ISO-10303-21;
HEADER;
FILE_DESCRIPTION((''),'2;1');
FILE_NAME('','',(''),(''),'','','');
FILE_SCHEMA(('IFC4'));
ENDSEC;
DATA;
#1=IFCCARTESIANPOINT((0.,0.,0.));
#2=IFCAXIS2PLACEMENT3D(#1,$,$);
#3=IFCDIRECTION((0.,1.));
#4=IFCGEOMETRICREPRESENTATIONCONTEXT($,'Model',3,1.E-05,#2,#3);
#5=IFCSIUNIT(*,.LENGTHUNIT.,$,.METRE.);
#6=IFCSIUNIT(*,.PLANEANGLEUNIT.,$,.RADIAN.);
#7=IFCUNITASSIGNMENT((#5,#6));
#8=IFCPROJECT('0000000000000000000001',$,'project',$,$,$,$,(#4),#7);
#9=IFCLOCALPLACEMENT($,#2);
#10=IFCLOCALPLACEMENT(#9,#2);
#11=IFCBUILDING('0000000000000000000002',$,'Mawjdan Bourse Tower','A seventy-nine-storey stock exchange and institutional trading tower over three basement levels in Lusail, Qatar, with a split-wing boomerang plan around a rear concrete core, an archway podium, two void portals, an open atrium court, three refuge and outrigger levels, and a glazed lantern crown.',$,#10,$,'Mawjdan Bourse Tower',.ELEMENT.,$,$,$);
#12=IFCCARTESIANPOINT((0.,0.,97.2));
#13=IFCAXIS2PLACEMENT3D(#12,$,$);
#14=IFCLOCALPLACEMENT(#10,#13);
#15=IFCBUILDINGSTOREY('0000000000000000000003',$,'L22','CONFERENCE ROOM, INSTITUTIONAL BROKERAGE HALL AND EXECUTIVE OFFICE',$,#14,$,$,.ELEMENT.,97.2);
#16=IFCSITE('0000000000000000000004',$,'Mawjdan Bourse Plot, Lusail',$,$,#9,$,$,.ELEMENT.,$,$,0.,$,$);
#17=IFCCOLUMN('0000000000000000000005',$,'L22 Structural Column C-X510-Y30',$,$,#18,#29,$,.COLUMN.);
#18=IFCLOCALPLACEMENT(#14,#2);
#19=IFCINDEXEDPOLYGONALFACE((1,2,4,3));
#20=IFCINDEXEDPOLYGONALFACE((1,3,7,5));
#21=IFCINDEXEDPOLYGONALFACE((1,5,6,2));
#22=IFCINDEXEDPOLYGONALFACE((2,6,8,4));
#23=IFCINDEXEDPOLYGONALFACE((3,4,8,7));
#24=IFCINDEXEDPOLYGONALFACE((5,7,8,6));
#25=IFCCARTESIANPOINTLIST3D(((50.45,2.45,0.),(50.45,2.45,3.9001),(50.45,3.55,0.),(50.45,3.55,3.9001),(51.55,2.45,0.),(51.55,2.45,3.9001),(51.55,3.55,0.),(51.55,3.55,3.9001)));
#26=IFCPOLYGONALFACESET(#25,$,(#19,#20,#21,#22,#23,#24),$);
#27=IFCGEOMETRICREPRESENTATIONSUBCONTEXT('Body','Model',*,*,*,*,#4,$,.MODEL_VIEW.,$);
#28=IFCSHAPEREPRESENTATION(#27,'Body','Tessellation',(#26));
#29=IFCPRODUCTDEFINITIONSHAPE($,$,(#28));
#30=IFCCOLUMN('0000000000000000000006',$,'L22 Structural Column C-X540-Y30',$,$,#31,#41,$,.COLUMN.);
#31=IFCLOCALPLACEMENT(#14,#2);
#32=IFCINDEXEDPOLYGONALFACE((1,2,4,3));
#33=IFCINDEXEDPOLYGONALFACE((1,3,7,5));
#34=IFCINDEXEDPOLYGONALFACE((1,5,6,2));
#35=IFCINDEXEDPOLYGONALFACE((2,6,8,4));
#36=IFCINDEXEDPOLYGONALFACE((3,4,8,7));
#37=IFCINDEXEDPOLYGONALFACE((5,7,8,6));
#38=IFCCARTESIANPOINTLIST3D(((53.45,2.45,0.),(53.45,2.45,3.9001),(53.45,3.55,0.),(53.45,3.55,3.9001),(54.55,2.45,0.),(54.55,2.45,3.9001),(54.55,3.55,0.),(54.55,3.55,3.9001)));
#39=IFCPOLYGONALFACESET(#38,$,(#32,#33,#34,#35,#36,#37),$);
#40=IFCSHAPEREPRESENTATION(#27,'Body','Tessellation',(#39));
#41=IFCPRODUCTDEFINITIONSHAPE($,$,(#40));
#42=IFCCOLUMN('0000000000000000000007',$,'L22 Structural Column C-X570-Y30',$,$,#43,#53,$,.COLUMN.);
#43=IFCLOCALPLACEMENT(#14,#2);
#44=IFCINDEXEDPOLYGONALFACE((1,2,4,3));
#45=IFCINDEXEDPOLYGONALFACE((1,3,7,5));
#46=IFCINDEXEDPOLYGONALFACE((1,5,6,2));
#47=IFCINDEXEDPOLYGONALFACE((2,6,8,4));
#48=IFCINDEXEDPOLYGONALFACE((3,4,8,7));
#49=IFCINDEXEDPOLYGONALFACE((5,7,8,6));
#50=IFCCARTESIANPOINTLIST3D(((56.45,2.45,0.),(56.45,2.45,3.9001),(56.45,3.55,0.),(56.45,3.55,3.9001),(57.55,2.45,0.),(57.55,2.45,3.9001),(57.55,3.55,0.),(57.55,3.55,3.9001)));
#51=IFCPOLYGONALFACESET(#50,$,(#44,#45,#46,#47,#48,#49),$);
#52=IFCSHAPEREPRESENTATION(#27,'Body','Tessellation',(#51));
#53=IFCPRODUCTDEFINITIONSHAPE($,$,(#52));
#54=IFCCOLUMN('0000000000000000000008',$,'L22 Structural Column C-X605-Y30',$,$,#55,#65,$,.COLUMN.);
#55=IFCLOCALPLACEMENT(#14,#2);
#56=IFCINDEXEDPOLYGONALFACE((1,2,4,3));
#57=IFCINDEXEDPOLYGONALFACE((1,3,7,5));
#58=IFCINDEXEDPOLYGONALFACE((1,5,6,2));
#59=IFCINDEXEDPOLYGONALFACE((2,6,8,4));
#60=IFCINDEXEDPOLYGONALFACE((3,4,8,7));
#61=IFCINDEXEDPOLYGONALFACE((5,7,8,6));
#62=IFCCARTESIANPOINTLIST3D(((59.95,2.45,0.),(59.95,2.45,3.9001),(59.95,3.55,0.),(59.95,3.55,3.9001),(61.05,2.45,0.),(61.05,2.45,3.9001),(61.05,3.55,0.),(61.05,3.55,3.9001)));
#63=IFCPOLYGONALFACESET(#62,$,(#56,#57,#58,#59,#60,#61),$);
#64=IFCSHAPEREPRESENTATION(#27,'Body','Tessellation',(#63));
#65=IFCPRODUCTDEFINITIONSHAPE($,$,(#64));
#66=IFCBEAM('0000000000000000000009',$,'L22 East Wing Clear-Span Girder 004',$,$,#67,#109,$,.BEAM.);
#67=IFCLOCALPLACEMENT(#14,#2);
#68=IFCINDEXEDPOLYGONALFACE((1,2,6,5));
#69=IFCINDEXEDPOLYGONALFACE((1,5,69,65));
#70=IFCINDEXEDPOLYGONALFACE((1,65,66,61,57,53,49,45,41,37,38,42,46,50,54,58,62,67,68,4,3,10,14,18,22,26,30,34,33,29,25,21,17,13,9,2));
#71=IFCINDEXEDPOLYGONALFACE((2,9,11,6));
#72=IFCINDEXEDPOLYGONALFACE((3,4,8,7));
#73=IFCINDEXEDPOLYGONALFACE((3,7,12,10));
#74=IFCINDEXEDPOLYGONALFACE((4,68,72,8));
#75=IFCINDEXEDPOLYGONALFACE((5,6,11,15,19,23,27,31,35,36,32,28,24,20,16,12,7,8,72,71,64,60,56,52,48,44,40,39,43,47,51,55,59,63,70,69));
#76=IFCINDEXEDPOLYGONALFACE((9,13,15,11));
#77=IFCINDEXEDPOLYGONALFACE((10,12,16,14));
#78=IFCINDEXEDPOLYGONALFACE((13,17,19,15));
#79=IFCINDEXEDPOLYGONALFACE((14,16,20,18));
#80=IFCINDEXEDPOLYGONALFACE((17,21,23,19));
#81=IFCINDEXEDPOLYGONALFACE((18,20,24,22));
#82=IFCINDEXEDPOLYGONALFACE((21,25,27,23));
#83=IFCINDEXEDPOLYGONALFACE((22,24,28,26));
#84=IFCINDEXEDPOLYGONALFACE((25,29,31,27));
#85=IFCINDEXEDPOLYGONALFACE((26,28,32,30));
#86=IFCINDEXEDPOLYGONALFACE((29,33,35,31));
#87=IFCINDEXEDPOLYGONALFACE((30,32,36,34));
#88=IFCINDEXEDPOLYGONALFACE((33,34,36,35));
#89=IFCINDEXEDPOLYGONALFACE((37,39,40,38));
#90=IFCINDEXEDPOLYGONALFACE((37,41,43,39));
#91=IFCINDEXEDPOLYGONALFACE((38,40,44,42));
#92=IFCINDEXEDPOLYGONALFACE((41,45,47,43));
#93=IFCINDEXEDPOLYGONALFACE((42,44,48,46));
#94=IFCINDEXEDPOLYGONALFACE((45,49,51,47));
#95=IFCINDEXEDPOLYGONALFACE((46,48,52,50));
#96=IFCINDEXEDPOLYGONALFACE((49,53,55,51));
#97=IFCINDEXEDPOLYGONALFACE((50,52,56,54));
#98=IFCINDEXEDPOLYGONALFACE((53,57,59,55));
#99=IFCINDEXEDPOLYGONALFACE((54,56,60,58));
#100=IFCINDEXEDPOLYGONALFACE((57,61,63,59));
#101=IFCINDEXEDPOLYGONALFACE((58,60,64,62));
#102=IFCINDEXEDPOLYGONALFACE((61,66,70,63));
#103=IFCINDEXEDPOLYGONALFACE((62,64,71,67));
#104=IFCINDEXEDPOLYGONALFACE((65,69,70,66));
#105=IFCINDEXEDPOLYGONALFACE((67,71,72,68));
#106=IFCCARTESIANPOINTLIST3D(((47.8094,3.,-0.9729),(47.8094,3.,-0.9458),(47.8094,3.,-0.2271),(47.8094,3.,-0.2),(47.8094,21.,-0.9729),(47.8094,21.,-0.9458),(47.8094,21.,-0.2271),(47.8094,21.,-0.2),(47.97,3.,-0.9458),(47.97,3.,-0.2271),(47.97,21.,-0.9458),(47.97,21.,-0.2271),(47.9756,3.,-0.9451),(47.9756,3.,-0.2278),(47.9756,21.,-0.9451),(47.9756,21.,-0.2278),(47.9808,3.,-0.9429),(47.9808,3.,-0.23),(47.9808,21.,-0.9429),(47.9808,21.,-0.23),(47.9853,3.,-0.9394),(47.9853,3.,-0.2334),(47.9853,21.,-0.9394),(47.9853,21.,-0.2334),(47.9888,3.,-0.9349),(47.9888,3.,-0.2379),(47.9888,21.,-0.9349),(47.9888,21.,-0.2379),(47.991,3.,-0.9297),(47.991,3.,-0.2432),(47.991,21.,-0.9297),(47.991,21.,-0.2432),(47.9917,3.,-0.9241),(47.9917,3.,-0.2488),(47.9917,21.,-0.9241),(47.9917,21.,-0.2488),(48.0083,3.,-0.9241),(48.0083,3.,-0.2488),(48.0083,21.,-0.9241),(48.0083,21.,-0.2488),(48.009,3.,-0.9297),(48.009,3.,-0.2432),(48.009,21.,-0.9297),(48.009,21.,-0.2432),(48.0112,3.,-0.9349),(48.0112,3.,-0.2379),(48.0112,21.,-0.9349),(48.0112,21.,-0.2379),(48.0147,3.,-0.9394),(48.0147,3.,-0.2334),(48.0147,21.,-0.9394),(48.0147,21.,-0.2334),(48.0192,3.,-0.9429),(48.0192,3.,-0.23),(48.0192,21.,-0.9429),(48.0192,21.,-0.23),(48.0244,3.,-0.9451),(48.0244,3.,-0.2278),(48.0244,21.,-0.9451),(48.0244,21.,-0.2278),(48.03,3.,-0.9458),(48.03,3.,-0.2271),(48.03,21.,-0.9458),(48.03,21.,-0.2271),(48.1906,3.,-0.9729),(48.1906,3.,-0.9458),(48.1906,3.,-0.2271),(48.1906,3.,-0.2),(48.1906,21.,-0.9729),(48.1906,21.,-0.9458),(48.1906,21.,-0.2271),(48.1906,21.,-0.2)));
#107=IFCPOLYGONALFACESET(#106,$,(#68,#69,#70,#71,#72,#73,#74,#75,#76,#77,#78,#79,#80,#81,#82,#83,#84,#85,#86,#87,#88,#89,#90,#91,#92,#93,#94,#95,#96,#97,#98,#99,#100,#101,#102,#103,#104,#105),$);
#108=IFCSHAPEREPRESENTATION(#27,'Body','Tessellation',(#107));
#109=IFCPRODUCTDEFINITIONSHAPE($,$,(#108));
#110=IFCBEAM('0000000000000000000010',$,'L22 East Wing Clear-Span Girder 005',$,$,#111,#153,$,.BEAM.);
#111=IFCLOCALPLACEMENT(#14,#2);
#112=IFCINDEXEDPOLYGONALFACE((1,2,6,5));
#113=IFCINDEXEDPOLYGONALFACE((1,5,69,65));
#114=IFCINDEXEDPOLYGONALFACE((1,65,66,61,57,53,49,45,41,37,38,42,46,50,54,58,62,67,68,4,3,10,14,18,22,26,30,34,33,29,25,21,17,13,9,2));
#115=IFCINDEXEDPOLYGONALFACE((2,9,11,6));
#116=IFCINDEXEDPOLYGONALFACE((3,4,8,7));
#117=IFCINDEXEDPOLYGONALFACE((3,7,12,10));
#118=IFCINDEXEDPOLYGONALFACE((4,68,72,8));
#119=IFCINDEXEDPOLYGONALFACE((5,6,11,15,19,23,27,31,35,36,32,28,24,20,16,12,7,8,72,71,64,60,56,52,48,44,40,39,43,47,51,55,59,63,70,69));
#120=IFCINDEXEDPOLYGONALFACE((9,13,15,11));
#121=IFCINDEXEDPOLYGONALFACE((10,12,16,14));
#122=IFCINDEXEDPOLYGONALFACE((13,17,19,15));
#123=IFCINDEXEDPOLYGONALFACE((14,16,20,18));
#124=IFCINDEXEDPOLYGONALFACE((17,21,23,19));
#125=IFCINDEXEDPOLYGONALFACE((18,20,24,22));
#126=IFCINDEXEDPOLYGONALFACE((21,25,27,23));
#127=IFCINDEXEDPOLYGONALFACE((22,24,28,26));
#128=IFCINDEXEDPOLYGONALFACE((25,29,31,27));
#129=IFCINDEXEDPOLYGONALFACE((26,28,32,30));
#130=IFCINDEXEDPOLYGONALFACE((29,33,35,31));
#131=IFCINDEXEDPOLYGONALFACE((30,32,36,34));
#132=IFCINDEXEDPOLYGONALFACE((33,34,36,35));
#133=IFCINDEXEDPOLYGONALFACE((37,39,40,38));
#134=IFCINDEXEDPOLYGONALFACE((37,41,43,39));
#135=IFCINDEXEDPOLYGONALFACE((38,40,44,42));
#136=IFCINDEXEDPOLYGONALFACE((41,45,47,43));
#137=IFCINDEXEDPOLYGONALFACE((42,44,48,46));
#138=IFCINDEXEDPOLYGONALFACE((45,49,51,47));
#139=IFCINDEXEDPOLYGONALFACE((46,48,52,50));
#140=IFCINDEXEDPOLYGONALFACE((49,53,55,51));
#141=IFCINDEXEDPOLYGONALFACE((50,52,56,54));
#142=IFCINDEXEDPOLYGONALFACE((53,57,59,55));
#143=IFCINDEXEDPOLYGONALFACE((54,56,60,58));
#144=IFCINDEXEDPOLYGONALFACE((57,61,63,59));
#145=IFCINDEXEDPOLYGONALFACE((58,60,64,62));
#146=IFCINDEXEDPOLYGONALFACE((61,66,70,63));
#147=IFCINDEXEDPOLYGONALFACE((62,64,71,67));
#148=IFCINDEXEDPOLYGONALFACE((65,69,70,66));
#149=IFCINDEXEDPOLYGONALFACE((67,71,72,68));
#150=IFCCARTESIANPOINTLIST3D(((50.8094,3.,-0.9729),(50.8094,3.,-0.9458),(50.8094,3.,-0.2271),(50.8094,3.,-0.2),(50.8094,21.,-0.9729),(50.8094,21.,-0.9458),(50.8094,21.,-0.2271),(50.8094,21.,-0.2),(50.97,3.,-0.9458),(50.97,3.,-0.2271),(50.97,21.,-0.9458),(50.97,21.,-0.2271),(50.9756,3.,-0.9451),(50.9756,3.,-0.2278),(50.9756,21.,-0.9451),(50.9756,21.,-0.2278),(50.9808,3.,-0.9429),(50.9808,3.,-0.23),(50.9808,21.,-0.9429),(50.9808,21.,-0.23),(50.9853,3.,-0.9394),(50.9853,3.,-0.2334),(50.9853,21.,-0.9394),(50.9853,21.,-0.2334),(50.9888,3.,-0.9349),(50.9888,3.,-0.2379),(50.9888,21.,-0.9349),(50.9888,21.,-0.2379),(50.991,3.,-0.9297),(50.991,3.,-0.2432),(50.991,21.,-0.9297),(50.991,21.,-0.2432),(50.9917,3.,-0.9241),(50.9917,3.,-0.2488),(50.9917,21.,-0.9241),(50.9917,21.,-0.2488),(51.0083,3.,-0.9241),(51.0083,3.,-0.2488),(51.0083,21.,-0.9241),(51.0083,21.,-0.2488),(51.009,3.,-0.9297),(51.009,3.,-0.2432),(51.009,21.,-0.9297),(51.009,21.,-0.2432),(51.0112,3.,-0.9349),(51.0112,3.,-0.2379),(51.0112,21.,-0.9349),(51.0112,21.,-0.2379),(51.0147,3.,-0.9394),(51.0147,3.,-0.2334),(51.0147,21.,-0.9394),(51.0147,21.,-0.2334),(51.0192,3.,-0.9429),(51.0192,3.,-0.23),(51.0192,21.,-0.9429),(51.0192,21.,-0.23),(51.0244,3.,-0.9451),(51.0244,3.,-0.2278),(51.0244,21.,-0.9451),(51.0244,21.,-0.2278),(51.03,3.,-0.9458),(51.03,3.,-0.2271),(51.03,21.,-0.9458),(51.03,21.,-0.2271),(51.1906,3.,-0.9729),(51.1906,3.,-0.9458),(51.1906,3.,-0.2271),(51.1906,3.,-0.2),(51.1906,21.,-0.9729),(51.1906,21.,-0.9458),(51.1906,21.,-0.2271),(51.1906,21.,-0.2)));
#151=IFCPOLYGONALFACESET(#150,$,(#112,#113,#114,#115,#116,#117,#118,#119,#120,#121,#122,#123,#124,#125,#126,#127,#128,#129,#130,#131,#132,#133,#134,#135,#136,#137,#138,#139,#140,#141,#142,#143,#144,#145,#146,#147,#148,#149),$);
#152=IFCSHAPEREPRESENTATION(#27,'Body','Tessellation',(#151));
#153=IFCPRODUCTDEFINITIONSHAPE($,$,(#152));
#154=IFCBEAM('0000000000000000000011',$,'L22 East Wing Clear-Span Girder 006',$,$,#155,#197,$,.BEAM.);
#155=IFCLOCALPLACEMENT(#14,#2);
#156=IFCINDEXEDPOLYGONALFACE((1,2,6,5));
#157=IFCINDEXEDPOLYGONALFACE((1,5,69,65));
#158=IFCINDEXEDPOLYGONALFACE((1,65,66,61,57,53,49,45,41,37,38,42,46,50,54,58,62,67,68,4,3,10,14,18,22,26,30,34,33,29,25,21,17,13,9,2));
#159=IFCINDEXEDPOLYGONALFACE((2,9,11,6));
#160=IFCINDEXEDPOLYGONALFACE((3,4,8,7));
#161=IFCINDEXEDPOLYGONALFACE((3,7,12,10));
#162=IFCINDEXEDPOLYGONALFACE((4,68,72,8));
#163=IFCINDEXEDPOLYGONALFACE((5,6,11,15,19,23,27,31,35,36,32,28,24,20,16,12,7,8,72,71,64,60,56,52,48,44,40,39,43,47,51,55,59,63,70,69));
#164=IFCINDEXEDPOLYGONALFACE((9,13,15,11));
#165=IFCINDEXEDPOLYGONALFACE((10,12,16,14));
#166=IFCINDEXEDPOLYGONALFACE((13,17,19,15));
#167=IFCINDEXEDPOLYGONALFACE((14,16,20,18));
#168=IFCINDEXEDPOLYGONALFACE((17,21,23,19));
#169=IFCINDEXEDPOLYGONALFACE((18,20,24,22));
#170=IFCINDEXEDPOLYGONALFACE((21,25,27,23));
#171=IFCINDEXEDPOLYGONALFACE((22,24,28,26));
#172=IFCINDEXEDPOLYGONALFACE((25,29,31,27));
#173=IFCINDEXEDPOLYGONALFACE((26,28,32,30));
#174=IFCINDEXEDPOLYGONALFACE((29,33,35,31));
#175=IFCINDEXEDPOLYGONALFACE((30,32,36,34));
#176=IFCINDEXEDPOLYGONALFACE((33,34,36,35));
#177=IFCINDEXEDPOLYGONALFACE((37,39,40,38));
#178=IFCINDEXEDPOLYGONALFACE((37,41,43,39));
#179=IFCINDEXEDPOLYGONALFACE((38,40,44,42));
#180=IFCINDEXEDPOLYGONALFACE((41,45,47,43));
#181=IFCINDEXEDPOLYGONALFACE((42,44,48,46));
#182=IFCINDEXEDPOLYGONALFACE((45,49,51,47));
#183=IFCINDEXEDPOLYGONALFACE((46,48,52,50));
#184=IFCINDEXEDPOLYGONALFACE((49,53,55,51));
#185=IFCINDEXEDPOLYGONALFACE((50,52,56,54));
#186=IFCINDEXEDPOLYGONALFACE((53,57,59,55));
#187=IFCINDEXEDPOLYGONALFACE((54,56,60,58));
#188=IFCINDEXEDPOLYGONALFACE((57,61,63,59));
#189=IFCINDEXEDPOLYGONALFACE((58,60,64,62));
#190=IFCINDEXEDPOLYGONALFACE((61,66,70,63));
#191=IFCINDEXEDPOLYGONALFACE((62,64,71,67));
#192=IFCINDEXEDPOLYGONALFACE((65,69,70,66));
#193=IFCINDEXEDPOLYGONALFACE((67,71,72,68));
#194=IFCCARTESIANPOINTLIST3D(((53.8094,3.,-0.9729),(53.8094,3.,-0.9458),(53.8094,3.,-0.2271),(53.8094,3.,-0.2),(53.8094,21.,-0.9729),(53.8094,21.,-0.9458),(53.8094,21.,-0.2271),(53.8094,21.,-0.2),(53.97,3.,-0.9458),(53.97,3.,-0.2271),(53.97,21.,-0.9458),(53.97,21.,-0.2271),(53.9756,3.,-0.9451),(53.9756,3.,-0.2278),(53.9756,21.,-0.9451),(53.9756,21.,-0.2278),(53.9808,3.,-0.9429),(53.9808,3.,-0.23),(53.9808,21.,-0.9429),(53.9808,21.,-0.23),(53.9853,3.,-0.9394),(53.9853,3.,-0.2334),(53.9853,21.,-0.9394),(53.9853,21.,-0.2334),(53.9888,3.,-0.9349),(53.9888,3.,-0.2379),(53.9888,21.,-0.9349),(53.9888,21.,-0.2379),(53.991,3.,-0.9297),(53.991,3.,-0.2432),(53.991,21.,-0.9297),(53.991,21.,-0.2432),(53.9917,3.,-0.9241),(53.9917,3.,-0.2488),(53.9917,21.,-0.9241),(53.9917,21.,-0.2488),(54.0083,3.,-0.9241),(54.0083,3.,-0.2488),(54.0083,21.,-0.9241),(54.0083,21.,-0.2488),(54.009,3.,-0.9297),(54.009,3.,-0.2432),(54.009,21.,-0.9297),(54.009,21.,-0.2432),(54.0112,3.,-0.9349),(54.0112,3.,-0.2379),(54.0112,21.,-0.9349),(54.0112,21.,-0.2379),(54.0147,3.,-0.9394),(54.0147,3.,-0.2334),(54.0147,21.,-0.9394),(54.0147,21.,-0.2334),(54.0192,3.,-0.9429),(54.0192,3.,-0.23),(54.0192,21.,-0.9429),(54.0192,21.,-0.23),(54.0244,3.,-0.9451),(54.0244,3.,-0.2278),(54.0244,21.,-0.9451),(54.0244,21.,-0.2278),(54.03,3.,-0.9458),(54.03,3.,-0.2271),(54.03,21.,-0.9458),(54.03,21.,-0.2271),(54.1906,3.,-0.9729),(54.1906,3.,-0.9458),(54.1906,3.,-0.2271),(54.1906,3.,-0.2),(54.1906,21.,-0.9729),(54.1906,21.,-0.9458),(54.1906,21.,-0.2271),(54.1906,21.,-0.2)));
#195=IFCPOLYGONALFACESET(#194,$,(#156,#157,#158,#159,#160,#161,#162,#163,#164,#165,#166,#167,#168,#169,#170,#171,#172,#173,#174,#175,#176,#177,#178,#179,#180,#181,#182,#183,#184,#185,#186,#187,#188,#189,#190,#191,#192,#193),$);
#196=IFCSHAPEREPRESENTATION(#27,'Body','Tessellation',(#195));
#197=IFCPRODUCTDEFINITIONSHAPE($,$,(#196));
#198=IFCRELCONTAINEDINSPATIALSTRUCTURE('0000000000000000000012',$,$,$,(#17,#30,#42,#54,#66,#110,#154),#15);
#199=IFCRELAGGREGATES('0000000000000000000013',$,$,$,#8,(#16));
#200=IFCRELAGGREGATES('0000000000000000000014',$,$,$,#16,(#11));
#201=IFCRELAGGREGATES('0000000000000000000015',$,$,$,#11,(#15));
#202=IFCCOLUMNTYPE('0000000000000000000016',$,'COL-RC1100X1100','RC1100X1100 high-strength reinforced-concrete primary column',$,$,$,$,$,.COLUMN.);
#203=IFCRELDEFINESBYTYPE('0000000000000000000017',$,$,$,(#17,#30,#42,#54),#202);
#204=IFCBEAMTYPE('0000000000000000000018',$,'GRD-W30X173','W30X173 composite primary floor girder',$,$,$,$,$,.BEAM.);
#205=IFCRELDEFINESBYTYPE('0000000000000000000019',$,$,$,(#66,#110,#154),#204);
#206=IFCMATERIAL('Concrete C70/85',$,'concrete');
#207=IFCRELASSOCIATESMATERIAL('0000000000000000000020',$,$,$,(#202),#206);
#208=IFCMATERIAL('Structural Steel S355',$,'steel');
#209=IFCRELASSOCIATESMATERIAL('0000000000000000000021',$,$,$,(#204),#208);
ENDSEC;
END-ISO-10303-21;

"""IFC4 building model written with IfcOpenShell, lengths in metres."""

from ifc_helpers import new_model, si_unit, direction, frame, origin, origin_2d, place, context, subcontext, project, spatial, rectangle, i_section, extrude, material, material_profile, profile_set, type_object, element, save


model = new_model("IFC4")

# Units and contexts
model_context = context("Model", 3, precision=1e-05, world=origin(), true_north=direction((0.0, 1.0)))
body_context = subcontext(model_context, "Body", "Model", "MODEL_VIEW")
ifc_project = project(units=[si_unit("LENGTHUNIT", "METRE"), si_unit("PLANEANGLEUNIT", "RADIAN")], contexts=[model_context])

# Site, building, storey
site_placement = place(None, origin())
site = spatial("IfcSite", under=ifc_project, at=site_placement, Name="Mawjdan Bourse Plot, Lusail", CompositionType="ELEMENT", RefElevation=0.0)
building_placement = place(site_placement, origin())
building = spatial("IfcBuilding", under=site, at=building_placement, Name="Mawjdan Bourse Tower", Description="A seventy-nine-storey stock exchange and institutional trading tower over three basement levels in Lusail, Qatar, with a split-wing boomerang plan around a rear concrete core, an archway podium, two void portals, an open atrium court, three refuge and outrigger levels, and a glazed lantern crown.", LongName="Mawjdan Bourse Tower", CompositionType="ELEMENT")
storey_placement = place(building_placement, frame((0.0, 0.0, 97.2)))
storey = spatial("IfcBuildingStorey", under=building, at=storey_placement, Name="L22", Description="CONFERENCE ROOM, INSTITUTIONAL BROKERAGE HALL AND EXECUTIVE OFFICE", CompositionType="ELEMENT", Elevation=97.2)

# Columns
ifc_material_1 = material(Name="Concrete C70/85", Category="concrete")
ifc_material_profile_1 = material_profile(ifc_material_1, rectangle(XDim=1.1001, YDim=1.1001, at=origin_2d()), Name="RC1100X1100")
ifc_profile_set_1 = profile_set([ifc_material_profile_1], Name="Concrete C70/85")
column_type = type_object("IfcColumnType", Name="COL-RC1100X1100", Description="RC1100X1100 high-strength reinforced-concrete primary column", PredefinedType="COLUMN", material=ifc_profile_set_1)
for number, where, z_axis, x_axis, name in (
    (1, (51.0, 3.0, 0.0), (0.0, 0.0, 1.0), (1.0, 0.0, 0.0), "L22 Structural Column C-X510-Y30"),
    (2, (54.0, 3.0, 0.0), (0.0, 0.0, 1.0), (1.0, 0.0, 0.0), "L22 Structural Column C-X540-Y30"),
    (3, (57.0, 3.0, 0.0), (0.0, 0.0, 1.0), (1.0, 0.0, 0.0), "L22 Structural Column C-X570-Y30"),
    (4, (60.5, 3.0, 0.0), (0.0, 0.0, 1.0), (1.0, 0.0, 0.0), "L22 Structural Column C-X605-Y30"),
):
    element("IfcColumn", number, at=place(storey_placement, frame(where, z_axis=z_axis, x_axis=x_axis)), inside=storey, type_object=column_type, Name=name, PredefinedType="COLUMN", context=body_context, shape_type="SweptSolid", body=[
        extrude(rectangle(XDim=1.1001, YDim=1.1001, at=origin_2d()), origin(), (0.0, 0.0, 1.0), 3.9001),
    ])

# Beams
ifc_material_2 = material(Name="Structural Steel S355", Category="steel")
ifc_material_profile_2 = material_profile(ifc_material_2, i_section(OverallWidth=0.3811, OverallDepth=0.7729, WebThickness=0.0166, FlangeThickness=0.0271, FilletRadius=0.0217, at=origin_2d()), Name="W30X173")
ifc_profile_set_2 = profile_set([ifc_material_profile_2], Name="Structural Steel S355")
beam_type_1 = type_object("IfcBeamType", Name="GRD-W30X173", Description="W30X173 composite primary floor girder", PredefinedType="BEAM", material=ifc_profile_set_2)
for number, where, z_axis, x_axis, name in (
    (5, (48.0, 3.0, -0.5864), (0.0, 1.0, 0.0), (-1.0, 0.0, 0.0), "L22 East Wing Clear-Span Girder 004"),
    (6, (51.0, 3.0, -0.5864), (0.0, 1.0, 0.0), (-1.0, 0.0, 0.0), "L22 East Wing Clear-Span Girder 005"),
    (7, (54.0, 3.0, -0.5864), (0.0, 1.0, 0.0), (-1.0, 0.0, 0.0), "L22 East Wing Clear-Span Girder 006"),
):
    element("IfcBeam", number, at=place(storey_placement, frame(where, z_axis=z_axis, x_axis=x_axis)), inside=storey, type_object=beam_type_1, Name=name, PredefinedType="BEAM", context=body_context, shape_type="SweptSolid", body=[
        extrude(i_section(OverallWidth=0.3811, OverallDepth=0.7729, WebThickness=0.0166, FlangeThickness=0.0271, FilletRadius=0.0217, at=origin_2d()), origin(), (0.0, 0.0, 1.0), 18.0),
    ])

save(model, "model.ifc")
